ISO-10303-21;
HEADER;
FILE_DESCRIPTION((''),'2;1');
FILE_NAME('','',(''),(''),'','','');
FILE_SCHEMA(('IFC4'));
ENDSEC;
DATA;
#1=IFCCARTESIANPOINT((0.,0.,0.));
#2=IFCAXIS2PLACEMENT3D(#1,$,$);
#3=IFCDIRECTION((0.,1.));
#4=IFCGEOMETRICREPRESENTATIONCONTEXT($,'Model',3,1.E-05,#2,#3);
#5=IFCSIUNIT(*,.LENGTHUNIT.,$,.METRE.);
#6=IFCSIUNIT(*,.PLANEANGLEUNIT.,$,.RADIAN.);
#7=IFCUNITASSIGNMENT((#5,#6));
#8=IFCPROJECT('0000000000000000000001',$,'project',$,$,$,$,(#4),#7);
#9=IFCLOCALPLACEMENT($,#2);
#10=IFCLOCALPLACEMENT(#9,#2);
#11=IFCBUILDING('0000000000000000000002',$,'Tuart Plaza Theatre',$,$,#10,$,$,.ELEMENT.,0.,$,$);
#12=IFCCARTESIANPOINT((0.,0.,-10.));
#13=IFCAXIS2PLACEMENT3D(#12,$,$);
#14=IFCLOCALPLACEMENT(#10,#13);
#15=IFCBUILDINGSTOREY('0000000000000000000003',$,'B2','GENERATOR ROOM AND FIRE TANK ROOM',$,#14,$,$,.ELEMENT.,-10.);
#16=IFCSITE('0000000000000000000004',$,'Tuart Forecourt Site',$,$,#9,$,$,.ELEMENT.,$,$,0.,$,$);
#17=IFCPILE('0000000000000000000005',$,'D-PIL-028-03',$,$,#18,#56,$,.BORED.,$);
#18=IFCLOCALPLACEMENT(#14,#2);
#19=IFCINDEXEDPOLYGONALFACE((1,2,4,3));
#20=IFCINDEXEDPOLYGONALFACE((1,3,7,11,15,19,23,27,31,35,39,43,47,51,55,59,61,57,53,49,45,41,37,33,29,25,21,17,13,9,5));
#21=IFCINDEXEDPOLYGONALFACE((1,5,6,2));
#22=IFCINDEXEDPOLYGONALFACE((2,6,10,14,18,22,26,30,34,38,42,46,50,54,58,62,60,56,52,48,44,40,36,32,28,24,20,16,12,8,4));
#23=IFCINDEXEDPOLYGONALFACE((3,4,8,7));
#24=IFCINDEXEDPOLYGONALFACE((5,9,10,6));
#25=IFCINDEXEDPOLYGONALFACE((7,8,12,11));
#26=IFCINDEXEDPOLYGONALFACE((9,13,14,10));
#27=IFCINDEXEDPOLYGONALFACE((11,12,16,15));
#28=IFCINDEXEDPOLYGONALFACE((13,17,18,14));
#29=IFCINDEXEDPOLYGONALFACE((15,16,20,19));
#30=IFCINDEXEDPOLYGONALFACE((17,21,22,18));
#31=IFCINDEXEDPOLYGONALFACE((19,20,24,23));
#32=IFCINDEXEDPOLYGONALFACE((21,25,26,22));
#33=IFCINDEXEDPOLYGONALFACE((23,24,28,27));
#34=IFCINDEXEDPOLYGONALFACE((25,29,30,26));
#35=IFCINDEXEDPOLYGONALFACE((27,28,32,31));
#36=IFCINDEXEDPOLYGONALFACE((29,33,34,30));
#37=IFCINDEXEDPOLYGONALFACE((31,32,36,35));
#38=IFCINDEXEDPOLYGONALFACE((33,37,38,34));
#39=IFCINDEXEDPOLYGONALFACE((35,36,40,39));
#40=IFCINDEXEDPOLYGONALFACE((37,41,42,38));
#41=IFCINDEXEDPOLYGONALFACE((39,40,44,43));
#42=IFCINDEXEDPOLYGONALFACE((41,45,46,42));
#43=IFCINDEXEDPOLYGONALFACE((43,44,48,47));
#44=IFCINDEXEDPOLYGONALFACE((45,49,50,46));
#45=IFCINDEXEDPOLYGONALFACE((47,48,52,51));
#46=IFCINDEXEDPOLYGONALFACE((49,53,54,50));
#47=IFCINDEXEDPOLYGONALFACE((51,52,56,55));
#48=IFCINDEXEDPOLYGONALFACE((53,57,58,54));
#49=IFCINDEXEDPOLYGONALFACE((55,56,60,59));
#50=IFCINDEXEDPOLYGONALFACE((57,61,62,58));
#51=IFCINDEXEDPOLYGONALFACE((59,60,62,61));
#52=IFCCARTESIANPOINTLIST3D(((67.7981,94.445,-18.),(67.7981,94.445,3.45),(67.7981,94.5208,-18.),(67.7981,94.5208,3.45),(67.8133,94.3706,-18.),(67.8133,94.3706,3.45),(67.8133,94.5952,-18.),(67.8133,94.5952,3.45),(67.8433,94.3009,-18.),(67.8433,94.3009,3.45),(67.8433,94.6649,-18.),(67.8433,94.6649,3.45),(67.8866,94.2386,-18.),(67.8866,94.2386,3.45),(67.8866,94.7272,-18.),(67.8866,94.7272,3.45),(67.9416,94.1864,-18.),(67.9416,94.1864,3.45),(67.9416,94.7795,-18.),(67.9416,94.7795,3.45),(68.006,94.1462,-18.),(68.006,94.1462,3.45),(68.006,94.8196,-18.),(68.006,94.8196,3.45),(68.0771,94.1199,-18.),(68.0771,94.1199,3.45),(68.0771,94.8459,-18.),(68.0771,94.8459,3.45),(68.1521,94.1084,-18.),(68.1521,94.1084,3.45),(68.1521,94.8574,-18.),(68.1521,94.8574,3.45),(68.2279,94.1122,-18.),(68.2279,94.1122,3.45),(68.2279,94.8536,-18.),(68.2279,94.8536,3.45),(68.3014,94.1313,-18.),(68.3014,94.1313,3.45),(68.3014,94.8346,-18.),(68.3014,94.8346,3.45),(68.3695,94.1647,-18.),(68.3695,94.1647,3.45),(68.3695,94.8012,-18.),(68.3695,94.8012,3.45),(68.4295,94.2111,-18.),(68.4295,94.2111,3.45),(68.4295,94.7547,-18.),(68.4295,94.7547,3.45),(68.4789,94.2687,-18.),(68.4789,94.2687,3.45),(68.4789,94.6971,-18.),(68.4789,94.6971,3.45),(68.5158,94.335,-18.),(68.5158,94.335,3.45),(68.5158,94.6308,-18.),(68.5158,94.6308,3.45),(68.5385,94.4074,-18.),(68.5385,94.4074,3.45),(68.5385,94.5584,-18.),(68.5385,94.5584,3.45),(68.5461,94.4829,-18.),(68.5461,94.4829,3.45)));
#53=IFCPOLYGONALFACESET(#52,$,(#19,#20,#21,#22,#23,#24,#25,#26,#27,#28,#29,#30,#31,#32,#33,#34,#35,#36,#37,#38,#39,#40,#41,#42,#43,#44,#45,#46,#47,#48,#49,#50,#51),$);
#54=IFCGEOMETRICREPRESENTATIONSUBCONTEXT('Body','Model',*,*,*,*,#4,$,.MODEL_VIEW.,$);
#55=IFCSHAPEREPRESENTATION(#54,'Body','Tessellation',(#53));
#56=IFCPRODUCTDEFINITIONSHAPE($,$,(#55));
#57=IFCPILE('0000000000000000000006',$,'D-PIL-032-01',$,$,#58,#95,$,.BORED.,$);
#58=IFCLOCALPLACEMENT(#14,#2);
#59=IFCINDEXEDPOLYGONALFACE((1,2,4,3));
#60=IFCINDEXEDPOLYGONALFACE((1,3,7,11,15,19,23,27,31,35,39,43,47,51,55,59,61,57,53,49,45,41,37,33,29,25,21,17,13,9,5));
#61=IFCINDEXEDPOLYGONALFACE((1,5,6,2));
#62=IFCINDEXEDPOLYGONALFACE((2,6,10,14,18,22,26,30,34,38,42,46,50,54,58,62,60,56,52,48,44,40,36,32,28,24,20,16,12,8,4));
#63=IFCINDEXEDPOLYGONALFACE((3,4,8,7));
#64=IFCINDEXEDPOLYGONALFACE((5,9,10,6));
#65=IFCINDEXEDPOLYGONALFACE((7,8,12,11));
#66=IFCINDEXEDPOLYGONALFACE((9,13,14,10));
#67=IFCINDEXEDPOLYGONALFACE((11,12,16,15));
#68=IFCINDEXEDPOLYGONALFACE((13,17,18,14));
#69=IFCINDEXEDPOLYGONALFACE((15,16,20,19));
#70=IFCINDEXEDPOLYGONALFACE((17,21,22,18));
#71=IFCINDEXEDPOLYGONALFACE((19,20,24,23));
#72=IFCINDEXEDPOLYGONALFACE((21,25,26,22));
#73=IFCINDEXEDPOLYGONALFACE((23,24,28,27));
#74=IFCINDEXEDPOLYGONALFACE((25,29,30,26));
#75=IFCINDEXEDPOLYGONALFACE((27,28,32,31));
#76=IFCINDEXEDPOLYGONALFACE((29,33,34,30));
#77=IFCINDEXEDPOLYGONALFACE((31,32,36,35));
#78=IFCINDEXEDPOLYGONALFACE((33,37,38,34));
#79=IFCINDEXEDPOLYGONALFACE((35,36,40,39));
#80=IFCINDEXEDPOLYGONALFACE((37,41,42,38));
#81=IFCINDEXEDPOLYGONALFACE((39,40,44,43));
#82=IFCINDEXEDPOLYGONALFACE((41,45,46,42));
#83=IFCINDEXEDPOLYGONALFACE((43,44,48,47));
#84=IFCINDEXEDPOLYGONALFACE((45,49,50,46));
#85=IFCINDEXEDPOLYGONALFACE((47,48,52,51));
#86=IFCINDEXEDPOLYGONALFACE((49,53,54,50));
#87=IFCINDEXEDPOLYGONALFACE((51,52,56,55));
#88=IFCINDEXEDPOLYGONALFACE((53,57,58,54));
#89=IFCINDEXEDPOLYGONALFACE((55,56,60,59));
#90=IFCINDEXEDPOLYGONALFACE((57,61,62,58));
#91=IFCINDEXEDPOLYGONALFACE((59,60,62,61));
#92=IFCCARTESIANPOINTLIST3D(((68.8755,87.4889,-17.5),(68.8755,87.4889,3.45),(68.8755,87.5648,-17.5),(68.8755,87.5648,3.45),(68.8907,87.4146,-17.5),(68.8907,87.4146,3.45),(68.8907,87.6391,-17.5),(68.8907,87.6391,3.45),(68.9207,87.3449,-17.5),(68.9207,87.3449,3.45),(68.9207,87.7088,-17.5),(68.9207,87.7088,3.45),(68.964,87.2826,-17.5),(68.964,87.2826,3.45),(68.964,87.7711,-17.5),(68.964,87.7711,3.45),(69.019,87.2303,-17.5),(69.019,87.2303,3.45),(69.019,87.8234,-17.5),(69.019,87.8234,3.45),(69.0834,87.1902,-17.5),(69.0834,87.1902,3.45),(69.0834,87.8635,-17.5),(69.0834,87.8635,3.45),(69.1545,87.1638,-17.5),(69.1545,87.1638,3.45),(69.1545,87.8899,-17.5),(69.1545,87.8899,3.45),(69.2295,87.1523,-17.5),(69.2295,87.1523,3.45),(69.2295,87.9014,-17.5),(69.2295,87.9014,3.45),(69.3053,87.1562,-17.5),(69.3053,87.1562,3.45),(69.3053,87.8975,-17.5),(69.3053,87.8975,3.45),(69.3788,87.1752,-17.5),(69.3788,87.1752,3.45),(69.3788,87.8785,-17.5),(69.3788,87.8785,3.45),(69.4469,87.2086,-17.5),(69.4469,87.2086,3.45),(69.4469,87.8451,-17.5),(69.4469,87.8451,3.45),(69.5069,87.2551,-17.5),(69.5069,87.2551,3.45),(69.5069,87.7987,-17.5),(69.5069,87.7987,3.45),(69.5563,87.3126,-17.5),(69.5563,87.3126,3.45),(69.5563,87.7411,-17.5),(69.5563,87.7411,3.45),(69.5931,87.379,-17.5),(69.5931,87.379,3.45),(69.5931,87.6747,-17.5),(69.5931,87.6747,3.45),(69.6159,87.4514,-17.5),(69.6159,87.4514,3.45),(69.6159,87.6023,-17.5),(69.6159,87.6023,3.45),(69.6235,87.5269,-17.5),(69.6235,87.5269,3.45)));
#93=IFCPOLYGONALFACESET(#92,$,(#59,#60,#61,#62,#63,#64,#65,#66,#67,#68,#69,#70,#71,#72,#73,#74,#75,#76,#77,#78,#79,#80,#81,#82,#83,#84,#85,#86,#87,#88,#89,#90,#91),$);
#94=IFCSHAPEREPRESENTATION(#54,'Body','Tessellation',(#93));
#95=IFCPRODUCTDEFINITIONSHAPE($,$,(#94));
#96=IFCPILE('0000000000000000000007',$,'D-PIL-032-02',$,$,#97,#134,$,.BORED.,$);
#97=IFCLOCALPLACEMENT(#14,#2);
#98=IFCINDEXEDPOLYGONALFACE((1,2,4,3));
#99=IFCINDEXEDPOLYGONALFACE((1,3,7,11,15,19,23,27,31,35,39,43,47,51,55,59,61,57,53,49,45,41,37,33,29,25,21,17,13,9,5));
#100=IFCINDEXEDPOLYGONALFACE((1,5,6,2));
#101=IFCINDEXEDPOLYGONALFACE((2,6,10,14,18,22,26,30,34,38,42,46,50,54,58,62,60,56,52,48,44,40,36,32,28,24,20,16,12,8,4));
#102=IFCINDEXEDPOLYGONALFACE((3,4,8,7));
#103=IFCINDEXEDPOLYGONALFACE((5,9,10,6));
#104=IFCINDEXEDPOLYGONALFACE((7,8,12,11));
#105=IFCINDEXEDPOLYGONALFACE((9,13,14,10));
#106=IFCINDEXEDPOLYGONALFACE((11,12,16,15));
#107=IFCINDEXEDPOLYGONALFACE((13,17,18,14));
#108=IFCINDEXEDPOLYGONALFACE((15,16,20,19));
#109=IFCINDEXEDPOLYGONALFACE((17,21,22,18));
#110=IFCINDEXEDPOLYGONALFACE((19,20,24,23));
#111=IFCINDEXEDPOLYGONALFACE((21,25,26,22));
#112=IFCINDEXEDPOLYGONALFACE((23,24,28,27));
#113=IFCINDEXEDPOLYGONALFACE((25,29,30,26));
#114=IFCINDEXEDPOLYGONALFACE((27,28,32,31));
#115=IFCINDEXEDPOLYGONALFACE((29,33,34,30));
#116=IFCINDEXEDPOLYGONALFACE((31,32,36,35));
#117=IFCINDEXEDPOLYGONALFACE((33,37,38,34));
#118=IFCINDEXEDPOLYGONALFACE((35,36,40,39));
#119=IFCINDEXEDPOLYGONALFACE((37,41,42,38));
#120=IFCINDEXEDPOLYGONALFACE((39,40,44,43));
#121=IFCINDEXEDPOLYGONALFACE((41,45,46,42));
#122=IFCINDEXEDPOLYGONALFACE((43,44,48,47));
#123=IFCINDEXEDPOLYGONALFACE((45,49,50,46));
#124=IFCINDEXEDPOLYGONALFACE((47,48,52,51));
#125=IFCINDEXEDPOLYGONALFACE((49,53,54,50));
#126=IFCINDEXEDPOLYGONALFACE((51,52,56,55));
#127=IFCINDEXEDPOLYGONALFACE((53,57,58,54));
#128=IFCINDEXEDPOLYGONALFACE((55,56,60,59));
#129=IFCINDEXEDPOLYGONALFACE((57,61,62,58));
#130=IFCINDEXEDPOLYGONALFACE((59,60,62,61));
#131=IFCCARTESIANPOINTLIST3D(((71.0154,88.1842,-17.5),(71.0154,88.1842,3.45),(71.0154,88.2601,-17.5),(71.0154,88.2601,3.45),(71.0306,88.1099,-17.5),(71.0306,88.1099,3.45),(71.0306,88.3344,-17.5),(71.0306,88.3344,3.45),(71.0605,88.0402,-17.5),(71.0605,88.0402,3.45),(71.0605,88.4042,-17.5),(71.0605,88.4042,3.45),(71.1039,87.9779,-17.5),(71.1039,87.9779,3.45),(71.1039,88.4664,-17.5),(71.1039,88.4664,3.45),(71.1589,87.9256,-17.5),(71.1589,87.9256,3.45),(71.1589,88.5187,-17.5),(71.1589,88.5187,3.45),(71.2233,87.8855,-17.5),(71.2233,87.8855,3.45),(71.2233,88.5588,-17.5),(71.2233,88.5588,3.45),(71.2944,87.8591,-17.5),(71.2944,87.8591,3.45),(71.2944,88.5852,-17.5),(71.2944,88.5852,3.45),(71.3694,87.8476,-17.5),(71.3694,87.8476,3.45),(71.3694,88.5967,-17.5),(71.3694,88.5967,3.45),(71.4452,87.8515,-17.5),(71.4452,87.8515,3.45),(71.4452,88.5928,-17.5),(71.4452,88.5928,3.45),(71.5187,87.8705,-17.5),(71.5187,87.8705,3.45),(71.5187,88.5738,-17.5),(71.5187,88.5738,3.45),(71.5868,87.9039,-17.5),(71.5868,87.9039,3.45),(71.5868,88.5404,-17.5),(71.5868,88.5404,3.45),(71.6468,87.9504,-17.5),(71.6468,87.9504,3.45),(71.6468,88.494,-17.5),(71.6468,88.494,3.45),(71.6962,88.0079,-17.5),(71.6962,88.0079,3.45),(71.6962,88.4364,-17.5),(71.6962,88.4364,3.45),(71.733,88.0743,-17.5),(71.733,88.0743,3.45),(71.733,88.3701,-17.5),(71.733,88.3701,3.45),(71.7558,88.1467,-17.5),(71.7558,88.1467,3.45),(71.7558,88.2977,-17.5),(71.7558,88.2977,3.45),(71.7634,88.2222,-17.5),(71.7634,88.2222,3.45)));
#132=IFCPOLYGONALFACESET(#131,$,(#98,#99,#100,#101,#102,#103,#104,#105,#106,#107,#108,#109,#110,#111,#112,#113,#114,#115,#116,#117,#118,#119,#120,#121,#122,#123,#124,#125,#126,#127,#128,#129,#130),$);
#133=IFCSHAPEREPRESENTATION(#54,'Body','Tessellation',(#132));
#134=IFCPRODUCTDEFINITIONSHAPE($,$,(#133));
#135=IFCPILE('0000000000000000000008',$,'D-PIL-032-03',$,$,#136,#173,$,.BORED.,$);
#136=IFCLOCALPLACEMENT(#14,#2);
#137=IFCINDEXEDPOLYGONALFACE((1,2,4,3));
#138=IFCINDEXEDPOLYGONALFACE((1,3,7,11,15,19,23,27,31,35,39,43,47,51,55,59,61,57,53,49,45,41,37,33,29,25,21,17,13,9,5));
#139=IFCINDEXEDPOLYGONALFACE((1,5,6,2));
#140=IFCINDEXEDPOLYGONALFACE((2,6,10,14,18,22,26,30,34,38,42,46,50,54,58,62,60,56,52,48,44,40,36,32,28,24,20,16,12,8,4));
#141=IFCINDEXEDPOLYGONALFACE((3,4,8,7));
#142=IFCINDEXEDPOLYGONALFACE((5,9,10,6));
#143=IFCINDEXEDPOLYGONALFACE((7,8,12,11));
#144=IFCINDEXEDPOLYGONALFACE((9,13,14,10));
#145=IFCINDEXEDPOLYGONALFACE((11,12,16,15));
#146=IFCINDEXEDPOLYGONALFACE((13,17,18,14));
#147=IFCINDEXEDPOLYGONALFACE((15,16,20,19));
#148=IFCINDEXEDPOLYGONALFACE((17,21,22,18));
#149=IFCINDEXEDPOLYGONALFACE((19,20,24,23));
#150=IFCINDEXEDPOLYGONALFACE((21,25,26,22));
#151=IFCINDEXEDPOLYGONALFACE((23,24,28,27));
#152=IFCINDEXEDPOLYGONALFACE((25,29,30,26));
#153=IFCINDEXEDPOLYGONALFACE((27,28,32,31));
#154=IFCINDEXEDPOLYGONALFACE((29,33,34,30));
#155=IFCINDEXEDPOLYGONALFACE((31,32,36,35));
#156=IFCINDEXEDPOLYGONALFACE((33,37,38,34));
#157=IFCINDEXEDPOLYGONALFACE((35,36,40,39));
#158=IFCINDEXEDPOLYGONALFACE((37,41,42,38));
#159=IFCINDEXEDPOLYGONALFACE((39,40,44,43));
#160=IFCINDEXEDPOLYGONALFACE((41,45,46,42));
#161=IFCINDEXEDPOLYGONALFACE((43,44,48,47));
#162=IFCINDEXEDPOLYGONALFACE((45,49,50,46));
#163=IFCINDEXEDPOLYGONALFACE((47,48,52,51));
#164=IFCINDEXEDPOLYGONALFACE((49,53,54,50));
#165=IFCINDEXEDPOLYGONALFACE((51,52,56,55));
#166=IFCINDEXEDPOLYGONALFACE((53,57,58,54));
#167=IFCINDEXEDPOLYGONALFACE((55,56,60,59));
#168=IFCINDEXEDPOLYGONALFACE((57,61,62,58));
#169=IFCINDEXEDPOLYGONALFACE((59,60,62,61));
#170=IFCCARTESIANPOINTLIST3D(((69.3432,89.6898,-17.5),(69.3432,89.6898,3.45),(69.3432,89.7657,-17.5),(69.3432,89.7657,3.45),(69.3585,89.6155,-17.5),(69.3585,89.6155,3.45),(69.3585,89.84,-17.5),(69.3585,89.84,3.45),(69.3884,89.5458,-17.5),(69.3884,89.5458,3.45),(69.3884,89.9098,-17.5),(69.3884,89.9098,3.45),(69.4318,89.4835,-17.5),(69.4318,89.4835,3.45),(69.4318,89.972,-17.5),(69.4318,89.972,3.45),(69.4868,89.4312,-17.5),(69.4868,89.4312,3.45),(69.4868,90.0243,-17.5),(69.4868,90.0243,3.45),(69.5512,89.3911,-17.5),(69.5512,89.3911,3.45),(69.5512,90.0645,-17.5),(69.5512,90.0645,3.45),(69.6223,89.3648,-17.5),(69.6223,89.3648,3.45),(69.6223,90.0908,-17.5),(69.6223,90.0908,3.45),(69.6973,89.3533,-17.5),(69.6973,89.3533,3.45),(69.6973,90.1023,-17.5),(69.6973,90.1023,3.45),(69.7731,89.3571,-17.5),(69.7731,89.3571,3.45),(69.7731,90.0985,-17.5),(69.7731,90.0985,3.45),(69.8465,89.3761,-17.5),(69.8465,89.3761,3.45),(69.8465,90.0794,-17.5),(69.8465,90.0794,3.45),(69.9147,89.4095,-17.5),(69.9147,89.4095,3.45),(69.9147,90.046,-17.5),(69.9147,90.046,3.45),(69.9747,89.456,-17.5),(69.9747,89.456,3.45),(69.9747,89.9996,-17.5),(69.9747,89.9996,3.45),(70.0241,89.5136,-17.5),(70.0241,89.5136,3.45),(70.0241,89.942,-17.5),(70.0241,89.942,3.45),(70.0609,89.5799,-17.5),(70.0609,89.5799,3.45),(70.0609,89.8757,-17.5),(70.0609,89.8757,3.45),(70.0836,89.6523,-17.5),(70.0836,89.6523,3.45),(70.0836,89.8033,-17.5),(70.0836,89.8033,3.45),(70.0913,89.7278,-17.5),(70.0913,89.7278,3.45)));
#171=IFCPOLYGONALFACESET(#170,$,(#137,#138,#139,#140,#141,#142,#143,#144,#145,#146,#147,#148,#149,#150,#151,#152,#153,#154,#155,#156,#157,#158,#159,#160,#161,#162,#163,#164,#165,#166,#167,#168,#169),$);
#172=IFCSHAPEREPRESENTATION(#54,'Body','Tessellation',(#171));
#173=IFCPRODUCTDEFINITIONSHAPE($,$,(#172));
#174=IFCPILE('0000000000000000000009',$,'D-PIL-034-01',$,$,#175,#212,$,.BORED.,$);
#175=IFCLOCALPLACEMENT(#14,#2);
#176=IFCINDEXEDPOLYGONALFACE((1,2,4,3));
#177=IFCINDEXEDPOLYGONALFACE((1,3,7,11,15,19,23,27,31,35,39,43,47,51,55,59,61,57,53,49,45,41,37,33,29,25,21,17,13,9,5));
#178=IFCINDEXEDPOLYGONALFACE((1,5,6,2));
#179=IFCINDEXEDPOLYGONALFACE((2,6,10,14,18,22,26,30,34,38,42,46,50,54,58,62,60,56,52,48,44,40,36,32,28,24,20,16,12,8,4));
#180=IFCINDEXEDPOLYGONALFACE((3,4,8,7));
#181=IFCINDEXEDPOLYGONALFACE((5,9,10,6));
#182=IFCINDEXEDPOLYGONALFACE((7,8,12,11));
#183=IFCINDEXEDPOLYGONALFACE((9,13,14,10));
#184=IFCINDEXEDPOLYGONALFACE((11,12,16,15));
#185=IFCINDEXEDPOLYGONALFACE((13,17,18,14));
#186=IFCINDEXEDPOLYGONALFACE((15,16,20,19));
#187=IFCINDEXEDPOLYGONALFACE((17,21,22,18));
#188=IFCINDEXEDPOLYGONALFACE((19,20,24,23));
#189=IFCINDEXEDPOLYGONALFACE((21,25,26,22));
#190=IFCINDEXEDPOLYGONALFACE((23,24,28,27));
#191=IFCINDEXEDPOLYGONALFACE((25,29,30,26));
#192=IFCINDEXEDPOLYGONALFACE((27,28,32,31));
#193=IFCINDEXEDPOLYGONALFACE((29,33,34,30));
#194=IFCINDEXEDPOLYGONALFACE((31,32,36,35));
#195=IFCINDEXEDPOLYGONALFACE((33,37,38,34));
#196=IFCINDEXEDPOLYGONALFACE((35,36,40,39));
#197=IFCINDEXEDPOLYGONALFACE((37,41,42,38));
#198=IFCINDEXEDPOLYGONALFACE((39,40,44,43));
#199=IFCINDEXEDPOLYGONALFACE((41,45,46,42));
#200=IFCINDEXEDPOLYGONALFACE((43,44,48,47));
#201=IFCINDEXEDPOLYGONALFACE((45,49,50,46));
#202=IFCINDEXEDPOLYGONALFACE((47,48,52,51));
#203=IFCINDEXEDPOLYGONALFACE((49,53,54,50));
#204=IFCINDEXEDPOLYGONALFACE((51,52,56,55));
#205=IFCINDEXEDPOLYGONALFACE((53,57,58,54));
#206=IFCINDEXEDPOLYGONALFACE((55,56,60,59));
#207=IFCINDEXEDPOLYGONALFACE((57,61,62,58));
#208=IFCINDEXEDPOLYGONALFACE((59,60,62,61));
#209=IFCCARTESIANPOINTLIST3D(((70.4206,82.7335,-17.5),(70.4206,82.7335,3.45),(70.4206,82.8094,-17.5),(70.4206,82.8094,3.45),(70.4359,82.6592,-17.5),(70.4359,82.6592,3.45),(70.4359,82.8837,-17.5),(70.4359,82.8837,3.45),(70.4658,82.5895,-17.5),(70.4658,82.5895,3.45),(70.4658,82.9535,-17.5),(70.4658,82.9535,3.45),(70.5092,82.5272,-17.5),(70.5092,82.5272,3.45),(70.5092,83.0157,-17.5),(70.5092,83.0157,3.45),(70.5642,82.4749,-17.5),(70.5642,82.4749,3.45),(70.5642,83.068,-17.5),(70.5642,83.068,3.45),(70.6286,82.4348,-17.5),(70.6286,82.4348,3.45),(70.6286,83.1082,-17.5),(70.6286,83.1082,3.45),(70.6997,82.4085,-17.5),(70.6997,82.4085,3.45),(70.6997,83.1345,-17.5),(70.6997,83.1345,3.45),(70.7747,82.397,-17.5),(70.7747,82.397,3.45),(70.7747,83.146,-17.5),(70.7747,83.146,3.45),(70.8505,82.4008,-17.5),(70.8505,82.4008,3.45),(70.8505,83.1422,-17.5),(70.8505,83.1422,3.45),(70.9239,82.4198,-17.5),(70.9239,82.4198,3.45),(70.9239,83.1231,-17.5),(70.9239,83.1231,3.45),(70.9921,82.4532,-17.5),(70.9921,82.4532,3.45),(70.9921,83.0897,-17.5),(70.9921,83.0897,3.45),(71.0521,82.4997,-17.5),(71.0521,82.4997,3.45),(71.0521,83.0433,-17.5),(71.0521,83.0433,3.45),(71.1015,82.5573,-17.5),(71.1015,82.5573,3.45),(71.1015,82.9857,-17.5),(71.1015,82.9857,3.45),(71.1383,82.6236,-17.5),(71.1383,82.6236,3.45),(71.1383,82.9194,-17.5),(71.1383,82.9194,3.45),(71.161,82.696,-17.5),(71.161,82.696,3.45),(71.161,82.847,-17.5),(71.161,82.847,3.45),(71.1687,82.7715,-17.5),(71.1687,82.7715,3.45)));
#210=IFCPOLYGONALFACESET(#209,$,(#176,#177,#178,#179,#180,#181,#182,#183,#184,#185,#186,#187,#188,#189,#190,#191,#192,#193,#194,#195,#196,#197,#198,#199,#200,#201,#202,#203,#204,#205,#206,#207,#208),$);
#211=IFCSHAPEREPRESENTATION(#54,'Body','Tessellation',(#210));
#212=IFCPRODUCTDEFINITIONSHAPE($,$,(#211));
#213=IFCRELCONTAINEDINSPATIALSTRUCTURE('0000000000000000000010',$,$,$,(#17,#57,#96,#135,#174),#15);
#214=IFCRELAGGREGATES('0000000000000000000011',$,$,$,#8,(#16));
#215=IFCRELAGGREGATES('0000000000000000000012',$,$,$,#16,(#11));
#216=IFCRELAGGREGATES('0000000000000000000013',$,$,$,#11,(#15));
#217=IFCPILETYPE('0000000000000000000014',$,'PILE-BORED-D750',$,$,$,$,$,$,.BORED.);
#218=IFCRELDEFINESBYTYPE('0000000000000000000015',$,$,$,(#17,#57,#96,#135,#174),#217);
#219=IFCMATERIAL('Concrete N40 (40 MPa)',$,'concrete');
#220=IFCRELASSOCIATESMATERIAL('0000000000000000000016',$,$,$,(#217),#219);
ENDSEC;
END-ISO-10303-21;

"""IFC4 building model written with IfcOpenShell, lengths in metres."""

from ifc_helpers import new_model, si_unit, direction, frame, origin, origin_2d, place, context, subcontext, project, spatial, circle, extrude, material, material_profile, profile_set, type_object, element, save


model = new_model("IFC4")

# Units and contexts
model_context = context("Model", 3, precision=1e-05, world=origin(), true_north=direction((0.0, 1.0)))
body_context = subcontext(model_context, "Body", "Model", "MODEL_VIEW")
ifc_project = project(units=[si_unit("LENGTHUNIT", "METRE"), si_unit("PLANEANGLEUNIT", "RADIAN")], contexts=[model_context])

# Site, building, storey
site_placement = place(None, origin())
site = spatial("IfcSite", under=ifc_project, at=site_placement, Name="Tuart Forecourt Site", CompositionType="ELEMENT", RefElevation=0.0)
building_placement = place(site_placement, origin())
building = spatial("IfcBuilding", under=site, at=building_placement, Name="Tuart Plaza Theatre", CompositionType="ELEMENT", ElevationOfRefHeight=0.0)
storey_placement = place(building_placement, frame((0.0, 0.0, -10.0)))
storey = spatial("IfcBuildingStorey", under=building, at=storey_placement, Name="B2", Description="GENERATOR ROOM AND FIRE TANK ROOM", CompositionType="ELEMENT", Elevation=-10.0)

# Piles
ifc_material_1 = material(Name="Concrete N40 (40 MPa)", Category="concrete")
ifc_material_profile_1 = material_profile(ifc_material_1, circle(Radius=0.375, at=origin_2d()), Name="PILE-BORED-D750")
ifc_profile_set_1 = profile_set([ifc_material_profile_1], Name="Concrete N40 (40 MPa)")
pile_type_1 = type_object("IfcPileType", Name="PILE-BORED-D750", PredefinedType="BORED", material=ifc_profile_set_1)
pile_1_placement = place(storey_placement, frame((68.1711, 94.4829, 3.45), z_axis=(0.0, 0.0, -1.0), x_axis=(1.0, 0.0, 0.0)))
element("IfcPile", 1, at=pile_1_placement, inside=storey, type_object=pile_type_1, Name="D-PIL-028-03", PredefinedType="BORED", context=body_context, shape_type="SweptSolid", body=[
    extrude(circle(Radius=0.375, at=origin_2d()), origin(), (0.0, 0.0, 1.0), 21.45),
])
for number, where, z_axis, x_axis, name in (
    (2, (69.2485, 87.5269, 3.45), (0.0, 0.0, -1.0), (1.0, 0.0, 0.0), "D-PIL-032-01"),
    (3, (71.3884, 88.2222, 3.45), (0.0, 0.0, -1.0), (1.0, 0.0, 0.0), "D-PIL-032-02"),
    (4, (69.7163, 89.7278, 3.45), (0.0, 0.0, -1.0), (1.0, 0.0, 0.0), "D-PIL-032-03"),
    (5, (70.7937, 82.7715, 3.45), (0.0, 0.0, -1.0), (1.0, 0.0, 0.0), "D-PIL-034-01"),
):
    element("IfcPile", number, at=place(storey_placement, frame(where, z_axis=z_axis, x_axis=x_axis)), inside=storey, type_object=pile_type_1, Name=name, PredefinedType="BORED", context=body_context, shape_type="SweptSolid", body=[
        extrude(circle(Radius=0.375, at=origin_2d()), origin(), (0.0, 0.0, 1.0), 20.95),
    ])

save(model, "model.ifc")
